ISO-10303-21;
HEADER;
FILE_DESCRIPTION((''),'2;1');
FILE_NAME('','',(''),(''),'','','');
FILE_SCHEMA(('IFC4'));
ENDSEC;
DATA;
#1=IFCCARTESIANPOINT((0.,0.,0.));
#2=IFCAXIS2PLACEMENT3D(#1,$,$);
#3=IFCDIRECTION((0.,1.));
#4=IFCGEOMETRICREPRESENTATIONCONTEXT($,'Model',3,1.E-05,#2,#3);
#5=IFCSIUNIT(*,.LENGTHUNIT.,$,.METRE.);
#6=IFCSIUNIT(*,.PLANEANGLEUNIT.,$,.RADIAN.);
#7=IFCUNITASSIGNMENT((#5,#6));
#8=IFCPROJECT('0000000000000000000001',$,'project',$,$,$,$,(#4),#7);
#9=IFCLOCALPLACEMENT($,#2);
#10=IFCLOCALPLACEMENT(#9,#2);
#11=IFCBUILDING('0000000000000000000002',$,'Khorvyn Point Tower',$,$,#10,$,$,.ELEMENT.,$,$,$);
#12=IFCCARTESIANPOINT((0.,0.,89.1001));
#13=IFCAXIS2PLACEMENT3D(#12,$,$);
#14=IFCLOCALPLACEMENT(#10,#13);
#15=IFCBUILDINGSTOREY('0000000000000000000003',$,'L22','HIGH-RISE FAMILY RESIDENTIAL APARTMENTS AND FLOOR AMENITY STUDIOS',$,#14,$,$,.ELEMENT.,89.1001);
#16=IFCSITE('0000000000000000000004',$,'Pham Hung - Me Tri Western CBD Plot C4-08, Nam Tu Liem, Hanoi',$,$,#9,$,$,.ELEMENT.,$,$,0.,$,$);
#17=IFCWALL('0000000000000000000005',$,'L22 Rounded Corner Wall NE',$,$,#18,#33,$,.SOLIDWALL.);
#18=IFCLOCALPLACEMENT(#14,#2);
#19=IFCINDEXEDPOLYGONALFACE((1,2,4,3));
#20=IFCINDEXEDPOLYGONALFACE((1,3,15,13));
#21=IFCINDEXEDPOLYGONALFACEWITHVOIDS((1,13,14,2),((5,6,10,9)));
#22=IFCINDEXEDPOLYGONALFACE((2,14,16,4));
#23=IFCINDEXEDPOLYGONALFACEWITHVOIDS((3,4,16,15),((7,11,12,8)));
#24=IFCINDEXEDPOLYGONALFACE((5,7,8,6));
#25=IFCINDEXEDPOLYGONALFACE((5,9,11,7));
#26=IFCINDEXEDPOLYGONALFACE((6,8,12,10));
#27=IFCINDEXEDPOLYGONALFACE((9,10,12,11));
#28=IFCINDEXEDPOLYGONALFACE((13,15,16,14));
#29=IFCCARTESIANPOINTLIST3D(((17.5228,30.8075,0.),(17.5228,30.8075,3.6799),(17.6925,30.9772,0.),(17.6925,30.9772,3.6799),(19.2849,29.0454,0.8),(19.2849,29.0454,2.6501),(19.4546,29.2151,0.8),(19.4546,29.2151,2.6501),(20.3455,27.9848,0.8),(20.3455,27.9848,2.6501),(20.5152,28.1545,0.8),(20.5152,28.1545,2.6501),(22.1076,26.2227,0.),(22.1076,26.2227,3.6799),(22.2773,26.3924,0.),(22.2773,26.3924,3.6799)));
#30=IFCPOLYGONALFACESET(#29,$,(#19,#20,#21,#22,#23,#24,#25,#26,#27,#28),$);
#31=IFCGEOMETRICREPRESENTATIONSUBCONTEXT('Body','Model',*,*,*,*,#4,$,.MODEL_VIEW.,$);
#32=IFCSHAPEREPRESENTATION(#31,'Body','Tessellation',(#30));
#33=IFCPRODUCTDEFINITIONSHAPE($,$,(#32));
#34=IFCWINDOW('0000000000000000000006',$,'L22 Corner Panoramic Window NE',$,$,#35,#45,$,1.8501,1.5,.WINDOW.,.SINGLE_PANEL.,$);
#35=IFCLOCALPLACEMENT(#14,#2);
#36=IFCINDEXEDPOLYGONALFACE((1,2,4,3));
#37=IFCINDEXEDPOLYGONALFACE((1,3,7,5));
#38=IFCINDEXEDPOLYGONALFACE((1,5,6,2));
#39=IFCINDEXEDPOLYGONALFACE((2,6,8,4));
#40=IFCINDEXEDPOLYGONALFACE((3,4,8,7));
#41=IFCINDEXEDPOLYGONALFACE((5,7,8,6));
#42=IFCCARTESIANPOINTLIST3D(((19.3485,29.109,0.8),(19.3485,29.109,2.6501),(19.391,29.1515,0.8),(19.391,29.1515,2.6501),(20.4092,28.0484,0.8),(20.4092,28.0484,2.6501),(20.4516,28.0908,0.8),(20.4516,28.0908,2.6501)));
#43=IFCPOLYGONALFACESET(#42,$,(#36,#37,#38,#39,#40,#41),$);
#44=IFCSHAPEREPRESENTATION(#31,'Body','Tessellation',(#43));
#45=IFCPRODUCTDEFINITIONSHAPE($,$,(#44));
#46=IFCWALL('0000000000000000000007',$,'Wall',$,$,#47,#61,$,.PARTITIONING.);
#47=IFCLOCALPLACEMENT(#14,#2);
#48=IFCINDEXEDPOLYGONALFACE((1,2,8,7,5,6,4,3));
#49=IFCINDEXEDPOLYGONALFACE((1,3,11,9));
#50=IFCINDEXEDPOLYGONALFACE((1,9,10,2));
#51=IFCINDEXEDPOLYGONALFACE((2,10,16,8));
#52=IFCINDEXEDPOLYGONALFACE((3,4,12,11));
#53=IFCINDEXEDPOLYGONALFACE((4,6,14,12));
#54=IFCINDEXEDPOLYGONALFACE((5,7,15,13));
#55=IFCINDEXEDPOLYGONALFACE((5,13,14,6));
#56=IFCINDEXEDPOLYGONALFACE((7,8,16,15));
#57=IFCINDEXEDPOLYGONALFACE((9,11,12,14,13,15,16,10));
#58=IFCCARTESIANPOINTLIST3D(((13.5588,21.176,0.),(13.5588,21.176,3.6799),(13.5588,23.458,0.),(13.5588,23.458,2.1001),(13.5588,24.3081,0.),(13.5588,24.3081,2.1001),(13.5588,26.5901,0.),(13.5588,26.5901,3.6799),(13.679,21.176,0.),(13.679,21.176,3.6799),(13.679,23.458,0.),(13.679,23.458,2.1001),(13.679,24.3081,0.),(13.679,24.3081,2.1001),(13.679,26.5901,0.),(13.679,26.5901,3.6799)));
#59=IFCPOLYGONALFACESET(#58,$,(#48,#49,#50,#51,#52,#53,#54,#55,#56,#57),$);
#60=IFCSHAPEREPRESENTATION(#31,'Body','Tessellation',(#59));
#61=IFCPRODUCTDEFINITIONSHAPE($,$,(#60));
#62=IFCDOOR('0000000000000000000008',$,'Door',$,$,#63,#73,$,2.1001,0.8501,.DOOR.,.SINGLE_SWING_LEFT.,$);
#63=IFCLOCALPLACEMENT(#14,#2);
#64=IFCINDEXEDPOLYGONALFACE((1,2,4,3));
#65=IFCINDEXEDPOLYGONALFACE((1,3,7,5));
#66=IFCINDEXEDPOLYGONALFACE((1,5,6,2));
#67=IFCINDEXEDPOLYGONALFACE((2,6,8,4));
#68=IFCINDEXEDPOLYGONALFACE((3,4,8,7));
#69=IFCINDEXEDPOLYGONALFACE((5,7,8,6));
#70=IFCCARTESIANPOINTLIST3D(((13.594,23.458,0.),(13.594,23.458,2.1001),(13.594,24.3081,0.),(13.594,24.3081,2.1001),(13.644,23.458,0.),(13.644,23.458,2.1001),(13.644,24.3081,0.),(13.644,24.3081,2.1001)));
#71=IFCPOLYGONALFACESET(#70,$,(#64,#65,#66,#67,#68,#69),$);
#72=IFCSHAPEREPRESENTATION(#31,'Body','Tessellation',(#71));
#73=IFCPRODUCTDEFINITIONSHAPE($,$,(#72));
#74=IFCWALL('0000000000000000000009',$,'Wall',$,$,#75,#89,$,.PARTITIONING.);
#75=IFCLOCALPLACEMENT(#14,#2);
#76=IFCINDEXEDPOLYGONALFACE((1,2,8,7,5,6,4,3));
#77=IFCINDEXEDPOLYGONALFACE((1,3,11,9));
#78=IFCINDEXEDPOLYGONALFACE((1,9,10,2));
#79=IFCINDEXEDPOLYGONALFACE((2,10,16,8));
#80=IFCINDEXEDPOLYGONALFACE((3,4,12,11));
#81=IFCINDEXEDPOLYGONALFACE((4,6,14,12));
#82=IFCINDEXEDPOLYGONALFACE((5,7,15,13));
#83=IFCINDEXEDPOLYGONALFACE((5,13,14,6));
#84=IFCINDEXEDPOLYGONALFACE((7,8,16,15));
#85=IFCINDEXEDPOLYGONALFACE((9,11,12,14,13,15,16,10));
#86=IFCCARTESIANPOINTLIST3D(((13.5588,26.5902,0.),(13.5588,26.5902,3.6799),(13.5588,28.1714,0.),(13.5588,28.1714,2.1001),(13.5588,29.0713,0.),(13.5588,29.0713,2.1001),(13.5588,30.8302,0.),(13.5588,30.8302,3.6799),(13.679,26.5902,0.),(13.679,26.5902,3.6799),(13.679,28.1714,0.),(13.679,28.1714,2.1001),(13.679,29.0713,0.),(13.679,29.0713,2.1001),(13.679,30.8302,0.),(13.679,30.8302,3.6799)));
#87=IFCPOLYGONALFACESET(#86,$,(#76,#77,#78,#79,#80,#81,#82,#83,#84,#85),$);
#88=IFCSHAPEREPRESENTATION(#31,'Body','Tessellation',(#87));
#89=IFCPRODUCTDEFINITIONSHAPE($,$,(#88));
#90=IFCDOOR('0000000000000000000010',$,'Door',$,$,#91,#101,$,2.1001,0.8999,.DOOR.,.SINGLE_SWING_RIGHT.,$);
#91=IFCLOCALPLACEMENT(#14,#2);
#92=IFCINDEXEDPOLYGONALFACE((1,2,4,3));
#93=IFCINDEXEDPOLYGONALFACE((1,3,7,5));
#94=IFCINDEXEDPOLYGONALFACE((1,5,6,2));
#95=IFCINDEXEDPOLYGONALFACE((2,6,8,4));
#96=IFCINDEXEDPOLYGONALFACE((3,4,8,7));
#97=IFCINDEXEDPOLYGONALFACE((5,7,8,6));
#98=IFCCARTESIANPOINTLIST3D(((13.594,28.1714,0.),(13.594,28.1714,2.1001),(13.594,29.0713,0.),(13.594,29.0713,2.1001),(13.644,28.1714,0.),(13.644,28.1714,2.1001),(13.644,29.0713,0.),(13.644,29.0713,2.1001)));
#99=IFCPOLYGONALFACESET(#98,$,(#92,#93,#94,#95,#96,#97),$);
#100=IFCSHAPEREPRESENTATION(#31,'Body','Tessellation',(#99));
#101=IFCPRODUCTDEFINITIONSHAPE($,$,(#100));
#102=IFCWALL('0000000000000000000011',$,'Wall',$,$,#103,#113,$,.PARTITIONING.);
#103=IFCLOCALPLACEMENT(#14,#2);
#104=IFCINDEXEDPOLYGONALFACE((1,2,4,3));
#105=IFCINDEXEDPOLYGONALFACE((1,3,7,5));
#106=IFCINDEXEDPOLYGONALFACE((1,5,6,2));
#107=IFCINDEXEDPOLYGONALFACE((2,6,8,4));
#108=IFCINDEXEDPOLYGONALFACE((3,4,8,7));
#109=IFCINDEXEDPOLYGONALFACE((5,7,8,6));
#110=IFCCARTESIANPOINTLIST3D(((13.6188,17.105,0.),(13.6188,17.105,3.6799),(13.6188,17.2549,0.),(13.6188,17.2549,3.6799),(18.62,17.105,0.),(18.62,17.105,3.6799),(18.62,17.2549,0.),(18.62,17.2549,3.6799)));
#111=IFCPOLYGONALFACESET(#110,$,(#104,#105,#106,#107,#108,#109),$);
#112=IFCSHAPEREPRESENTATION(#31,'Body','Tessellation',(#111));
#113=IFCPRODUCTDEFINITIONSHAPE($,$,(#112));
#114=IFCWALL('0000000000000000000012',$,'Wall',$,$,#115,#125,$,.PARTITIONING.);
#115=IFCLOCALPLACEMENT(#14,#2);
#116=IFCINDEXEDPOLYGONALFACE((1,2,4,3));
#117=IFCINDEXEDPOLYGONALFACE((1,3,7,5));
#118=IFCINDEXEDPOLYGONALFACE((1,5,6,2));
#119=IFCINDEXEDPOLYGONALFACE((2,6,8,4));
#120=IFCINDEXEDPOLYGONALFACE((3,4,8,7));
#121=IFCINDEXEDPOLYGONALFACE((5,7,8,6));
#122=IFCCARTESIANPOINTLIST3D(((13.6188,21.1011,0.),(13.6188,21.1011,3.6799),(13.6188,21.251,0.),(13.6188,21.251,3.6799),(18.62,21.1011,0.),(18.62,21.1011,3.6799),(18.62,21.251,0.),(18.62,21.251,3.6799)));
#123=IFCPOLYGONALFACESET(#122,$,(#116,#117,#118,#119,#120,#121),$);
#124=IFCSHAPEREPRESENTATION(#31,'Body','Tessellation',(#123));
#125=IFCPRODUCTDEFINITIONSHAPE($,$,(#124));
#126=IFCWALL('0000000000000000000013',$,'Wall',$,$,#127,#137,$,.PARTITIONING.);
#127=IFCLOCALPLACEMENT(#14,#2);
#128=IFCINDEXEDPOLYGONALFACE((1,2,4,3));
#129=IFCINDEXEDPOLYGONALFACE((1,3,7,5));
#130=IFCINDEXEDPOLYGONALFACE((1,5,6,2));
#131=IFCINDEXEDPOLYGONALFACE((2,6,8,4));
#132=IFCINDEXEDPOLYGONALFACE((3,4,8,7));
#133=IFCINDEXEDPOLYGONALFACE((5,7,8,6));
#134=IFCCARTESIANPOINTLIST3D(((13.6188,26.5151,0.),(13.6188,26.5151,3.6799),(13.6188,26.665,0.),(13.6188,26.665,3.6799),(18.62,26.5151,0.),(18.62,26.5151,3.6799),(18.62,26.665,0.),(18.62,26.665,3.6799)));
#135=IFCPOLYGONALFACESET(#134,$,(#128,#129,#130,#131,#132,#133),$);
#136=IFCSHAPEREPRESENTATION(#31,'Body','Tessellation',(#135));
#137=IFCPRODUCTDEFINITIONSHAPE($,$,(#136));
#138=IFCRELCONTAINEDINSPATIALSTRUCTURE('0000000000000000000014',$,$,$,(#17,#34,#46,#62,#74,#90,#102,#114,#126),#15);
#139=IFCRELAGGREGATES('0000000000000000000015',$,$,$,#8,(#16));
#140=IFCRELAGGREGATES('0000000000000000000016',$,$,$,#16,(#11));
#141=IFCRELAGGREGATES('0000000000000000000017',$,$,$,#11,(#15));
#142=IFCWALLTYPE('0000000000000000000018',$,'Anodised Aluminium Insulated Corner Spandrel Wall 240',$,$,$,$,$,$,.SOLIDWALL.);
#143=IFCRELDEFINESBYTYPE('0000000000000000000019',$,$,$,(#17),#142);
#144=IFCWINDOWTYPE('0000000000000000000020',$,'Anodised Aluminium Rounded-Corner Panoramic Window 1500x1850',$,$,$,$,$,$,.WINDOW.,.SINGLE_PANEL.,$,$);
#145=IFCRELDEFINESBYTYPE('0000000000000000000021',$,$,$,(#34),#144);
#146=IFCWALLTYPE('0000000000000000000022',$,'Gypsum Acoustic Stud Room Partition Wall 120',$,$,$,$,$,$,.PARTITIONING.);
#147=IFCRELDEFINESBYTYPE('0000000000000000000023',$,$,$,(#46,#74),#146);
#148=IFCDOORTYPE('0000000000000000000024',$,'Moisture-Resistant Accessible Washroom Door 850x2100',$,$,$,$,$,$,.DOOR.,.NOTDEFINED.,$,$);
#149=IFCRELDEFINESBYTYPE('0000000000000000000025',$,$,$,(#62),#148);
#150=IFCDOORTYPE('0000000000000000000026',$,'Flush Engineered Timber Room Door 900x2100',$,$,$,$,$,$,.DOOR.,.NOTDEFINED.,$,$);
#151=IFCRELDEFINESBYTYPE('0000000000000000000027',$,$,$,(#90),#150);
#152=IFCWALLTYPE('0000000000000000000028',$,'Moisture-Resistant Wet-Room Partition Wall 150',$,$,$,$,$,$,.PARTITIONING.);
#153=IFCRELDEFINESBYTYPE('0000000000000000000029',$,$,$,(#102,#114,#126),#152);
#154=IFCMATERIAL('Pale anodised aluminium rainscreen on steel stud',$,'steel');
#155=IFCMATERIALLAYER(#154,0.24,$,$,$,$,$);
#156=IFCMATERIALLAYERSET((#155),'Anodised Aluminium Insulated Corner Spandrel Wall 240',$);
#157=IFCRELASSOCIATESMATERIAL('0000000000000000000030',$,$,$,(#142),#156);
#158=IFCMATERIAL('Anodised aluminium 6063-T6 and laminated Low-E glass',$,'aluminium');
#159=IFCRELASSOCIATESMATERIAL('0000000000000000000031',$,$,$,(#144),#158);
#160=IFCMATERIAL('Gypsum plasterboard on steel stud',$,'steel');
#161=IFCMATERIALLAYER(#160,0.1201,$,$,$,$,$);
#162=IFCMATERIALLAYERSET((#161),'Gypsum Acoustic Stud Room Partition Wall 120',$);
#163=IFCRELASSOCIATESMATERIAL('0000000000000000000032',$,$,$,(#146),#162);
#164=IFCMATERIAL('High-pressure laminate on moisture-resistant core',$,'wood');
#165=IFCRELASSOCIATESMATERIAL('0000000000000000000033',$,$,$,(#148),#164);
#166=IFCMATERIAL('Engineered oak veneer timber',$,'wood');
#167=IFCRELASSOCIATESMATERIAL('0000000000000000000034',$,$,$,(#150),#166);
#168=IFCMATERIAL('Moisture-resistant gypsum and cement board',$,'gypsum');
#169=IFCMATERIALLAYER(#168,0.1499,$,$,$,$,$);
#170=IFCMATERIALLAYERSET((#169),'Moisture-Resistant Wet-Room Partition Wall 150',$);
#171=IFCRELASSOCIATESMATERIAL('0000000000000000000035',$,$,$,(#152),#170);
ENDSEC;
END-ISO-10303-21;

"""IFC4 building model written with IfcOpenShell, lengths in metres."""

from ifc_helpers import new_model, si_unit, direction, frame, frame_2d, origin, place, context, subcontext, project, spatial, rectangle, extrude, material, layer, layer_set, type_object, element, fill, save


model = new_model("IFC4")

# Units and contexts
model_context = context("Model", 3, precision=1e-05, world=origin(), true_north=direction((0.0, 1.0)))
body_context = subcontext(model_context, "Body", "Model", "MODEL_VIEW")
ifc_project = project(units=[si_unit("LENGTHUNIT", "METRE"), si_unit("PLANEANGLEUNIT", "RADIAN")], contexts=[model_context])

# Site, building, storey
site_placement = place(None, origin())
site = spatial("IfcSite", under=ifc_project, at=site_placement, Name="Pham Hung - Me Tri Western CBD Plot C4-08, Nam Tu Liem, Hanoi", CompositionType="ELEMENT", RefElevation=0.0)
building_placement = place(site_placement, origin())
building = spatial("IfcBuilding", under=site, at=building_placement, Name="Khorvyn Point Tower", CompositionType="ELEMENT")
storey_placement = place(building_placement, frame((0.0, 0.0, 89.1001)))
storey = spatial("IfcBuildingStorey", under=building, at=storey_placement, Name="L22", Description="HIGH-RISE FAMILY RESIDENTIAL APARTMENTS AND FLOOR AMENITY STUDIOS", CompositionType="ELEMENT", Elevation=89.1001)

# Shared definitions
ifc_material_1 = material(Name="Anodised aluminium 6063-T6 and laminated Low-E glass", Category="aluminium")

# Wall, opening, window
ifc_material_2 = material(Name="Pale anodised aluminium rainscreen on steel stud", Category="steel")
ifc_layer_1 = layer(ifc_material_2, 0.24)
ifc_layer_set_1 = layer_set([ifc_layer_1], Name="Anodised Aluminium Insulated Corner Spandrel Wall 240")
wall_type_1 = type_object("IfcWallType", Name="Anodised Aluminium Insulated Corner Spandrel Wall 240", PredefinedType="SOLIDWALL", material=ifc_layer_set_1)
wall_1_placement = place(storey_placement, frame((17.6077, 30.8923, 0.0), z_axis=(0.0, 0.0, 1.0), x_axis=(0.707107, -0.707107, 0.0)))
wall_1 = element("IfcWall", 1, at=wall_1_placement, inside=storey, type_object=wall_type_1, Name="L22 Rounded Corner Wall NE", PredefinedType="SOLIDWALL", context=body_context, shape_type="SweptSolid", body=[
    extrude(rectangle(XDim=6.4839, YDim=0.24, at=frame_2d((3.2419, 0.0))), origin(), (0.0, 0.0, 1.0), 3.6799),
])
opening_1_placement = place(wall_1_placement, frame((2.4919, 0.0, 0.8)))
opening_1 = element("IfcOpeningElement", 2, at=opening_1_placement, cuts=wall_1, PredefinedType="OPENING", context=body_context, shape_type="SweptSolid", body=[
    extrude(rectangle(XDim=1.5, YDim=1.8501, at=frame_2d((0.75, 0.925))), frame((0.0, 0.1299, 0.0), z_axis=(0.0, -1.0, 0.0), x_axis=(1.0, 0.0, 0.0)), (0.0, 0.0, 1.0), 0.26),
])
window_type = type_object("IfcWindowType", Name="Anodised Aluminium Rounded-Corner Panoramic Window 1500x1850", PartitioningType="SINGLE_PANEL", PredefinedType="WINDOW", material=ifc_material_1)
window_placement = place(opening_1_placement, origin())
window = element("IfcWindow", 3, at=window_placement, inside=storey, type_object=window_type, Name="L22 Corner Panoramic Window NE", OverallHeight=1.8501, OverallWidth=1.5, PartitioningType="SINGLE_PANEL", PredefinedType="WINDOW", context=body_context, shape_type="SweptSolid", body=[
    extrude(rectangle(XDim=1.5, YDim=1.8501, at=frame_2d((0.75, 0.925))), frame((0.0, 0.03, 0.0), z_axis=(0.0, -1.0, 0.0), x_axis=(1.0, 0.0, 0.0)), (0.0, 0.0, 1.0), 0.0601),
])
fill(opening_1, window)

# Walls, openings, doors
ifc_material_3 = material(Name="Gypsum plasterboard on steel stud", Category="steel")
ifc_layer_2 = layer(ifc_material_3, 0.1201)
ifc_layer_set_2 = layer_set([ifc_layer_2], Name="Gypsum Acoustic Stud Room Partition Wall 120")
wall_type_2 = type_object("IfcWallType", Name="Gypsum Acoustic Stud Room Partition Wall 120", PredefinedType="PARTITIONING", material=ifc_layer_set_2)
wall_2_placement = place(storey_placement, frame((13.6189, 21.176, 0.0), z_axis=(0.0, 0.0, 1.0), x_axis=(0.0, 1.0, 0.0)))
wall_2 = element("IfcWall", 4, at=wall_2_placement, inside=storey, type_object=wall_type_2, Name="Wall", PredefinedType="PARTITIONING", context=body_context, shape_type="SweptSolid", body=[
    extrude(rectangle(XDim=5.4141, YDim=0.1201, at=frame_2d((2.707, 0.0))), origin(), (0.0, 0.0, 1.0), 3.6799),
])
opening_2_placement = place(wall_2_placement, frame((2.282, 0.0, 0.0)))
opening_2 = element("IfcOpeningElement", 5, at=opening_2_placement, cuts=wall_2, PredefinedType="OPENING", context=body_context, shape_type="SweptSolid", body=[
    extrude(rectangle(XDim=0.8501, YDim=2.1001, at=frame_2d((0.425, 1.05))), frame((0.0, 0.0701, 0.0), z_axis=(0.0, -1.0, 0.0), x_axis=(1.0, 0.0, 0.0)), (0.0, 0.0, 1.0), 0.1401),
])
ifc_material_4 = material(Name="High-pressure laminate on moisture-resistant core", Category="wood")
door_type_1 = type_object("IfcDoorType", Name="Moisture-Resistant Accessible Washroom Door 850x2100", OperationType="NOTDEFINED", PredefinedType="DOOR", material=ifc_material_4)
door_1_placement = place(opening_2_placement, origin())
door_1 = element("IfcDoor", 6, at=door_1_placement, inside=storey, type_object=door_type_1, Name="Door", OperationType="SINGLE_SWING_LEFT", OverallHeight=2.1001, OverallWidth=0.8501, PredefinedType="DOOR", context=body_context, shape_type="SweptSolid", body=[
    extrude(rectangle(XDim=0.8501, YDim=2.1001, at=frame_2d((0.425, 1.05))), frame((0.0, 0.0249, 0.0), z_axis=(0.0, -1.0, 0.0), x_axis=(1.0, 0.0, 0.0)), (0.0, 0.0, 1.0), 0.05),
])
fill(opening_2, door_1)
wall_3_placement = place(storey_placement, frame((13.6189, 26.5901, 0.0), z_axis=(0.0, 0.0, 1.0), x_axis=(0.0, 1.0, 0.0)))
wall_3 = element("IfcWall", 7, at=wall_3_placement, inside=storey, type_object=wall_type_2, Name="Wall", PredefinedType="PARTITIONING", context=body_context, shape_type="SweptSolid", body=[
    extrude(rectangle(XDim=4.24, YDim=0.1201, at=frame_2d((2.1201, 0.0))), origin(), (0.0, 0.0, 1.0), 3.6799),
])
opening_3_placement = place(wall_3_placement, frame((1.5813, 0.0, 0.0)))
opening_3 = element("IfcOpeningElement", 8, at=opening_3_placement, cuts=wall_3, PredefinedType="OPENING", context=body_context, shape_type="SweptSolid", body=[
    extrude(rectangle(XDim=0.8999, YDim=2.1001, at=frame_2d((0.45, 1.05))), frame((0.0, 0.0701, 0.0), z_axis=(0.0, -1.0, 0.0), x_axis=(1.0, 0.0, 0.0)), (0.0, 0.0, 1.0), 0.1401),
])
ifc_material_5 = material(Name="Engineered oak veneer timber", Category="wood")
door_type_2 = type_object("IfcDoorType", Name="Flush Engineered Timber Room Door 900x2100", OperationType="NOTDEFINED", PredefinedType="DOOR", material=ifc_material_5)
door_2_placement = place(opening_3_placement, origin())
door_2 = element("IfcDoor", 9, at=door_2_placement, inside=storey, type_object=door_type_2, Name="Door", OperationType="SINGLE_SWING_RIGHT", OverallHeight=2.1001, OverallWidth=0.8999, PredefinedType="DOOR", context=body_context, shape_type="SweptSolid", body=[
    extrude(rectangle(XDim=0.8999, YDim=2.1001, at=frame_2d((0.45, 1.05))), frame((0.0, 0.0249, 0.0), z_axis=(0.0, -1.0, 0.0), x_axis=(1.0, 0.0, 0.0)), (0.0, 0.0, 1.0), 0.05),
])
fill(opening_3, door_2)

# Walls
ifc_material_6 = material(Name="Moisture-resistant gypsum and cement board", Category="gypsum")
ifc_layer_3 = layer(ifc_material_6, 0.1499)
ifc_layer_set_3 = layer_set([ifc_layer_3], Name="Moisture-Resistant Wet-Room Partition Wall 150")
wall_type_3 = type_object("IfcWallType", Name="Moisture-Resistant Wet-Room Partition Wall 150", PredefinedType="PARTITIONING", material=ifc_layer_set_3)
for number, where, z_axis, x_axis, name in (
    (10, (13.6189, 17.1799, 0.0), (0.0, 0.0, 1.0), (1.0, 0.0, 0.0), "Wall"),
    (11, (13.6189, 21.176, 0.0), (0.0, 0.0, 1.0), (1.0, 0.0, 0.0), "Wall"),
    (12, (13.6189, 26.5901, 0.0), (0.0, 0.0, 1.0), (1.0, 0.0, 0.0), "Wall"),
):
    element("IfcWall", number, at=place(storey_placement, frame(where, z_axis=z_axis, x_axis=x_axis)), inside=storey, type_object=wall_type_3, Name=name, PredefinedType="PARTITIONING", context=body_context, shape_type="SweptSolid", body=[
        extrude(rectangle(XDim=5.0012, YDim=0.1499, at=frame_2d((2.5005, 0.0))), origin(), (0.0, 0.0, 1.0), 3.6799),
    ])

save(model, "model.ifc")
